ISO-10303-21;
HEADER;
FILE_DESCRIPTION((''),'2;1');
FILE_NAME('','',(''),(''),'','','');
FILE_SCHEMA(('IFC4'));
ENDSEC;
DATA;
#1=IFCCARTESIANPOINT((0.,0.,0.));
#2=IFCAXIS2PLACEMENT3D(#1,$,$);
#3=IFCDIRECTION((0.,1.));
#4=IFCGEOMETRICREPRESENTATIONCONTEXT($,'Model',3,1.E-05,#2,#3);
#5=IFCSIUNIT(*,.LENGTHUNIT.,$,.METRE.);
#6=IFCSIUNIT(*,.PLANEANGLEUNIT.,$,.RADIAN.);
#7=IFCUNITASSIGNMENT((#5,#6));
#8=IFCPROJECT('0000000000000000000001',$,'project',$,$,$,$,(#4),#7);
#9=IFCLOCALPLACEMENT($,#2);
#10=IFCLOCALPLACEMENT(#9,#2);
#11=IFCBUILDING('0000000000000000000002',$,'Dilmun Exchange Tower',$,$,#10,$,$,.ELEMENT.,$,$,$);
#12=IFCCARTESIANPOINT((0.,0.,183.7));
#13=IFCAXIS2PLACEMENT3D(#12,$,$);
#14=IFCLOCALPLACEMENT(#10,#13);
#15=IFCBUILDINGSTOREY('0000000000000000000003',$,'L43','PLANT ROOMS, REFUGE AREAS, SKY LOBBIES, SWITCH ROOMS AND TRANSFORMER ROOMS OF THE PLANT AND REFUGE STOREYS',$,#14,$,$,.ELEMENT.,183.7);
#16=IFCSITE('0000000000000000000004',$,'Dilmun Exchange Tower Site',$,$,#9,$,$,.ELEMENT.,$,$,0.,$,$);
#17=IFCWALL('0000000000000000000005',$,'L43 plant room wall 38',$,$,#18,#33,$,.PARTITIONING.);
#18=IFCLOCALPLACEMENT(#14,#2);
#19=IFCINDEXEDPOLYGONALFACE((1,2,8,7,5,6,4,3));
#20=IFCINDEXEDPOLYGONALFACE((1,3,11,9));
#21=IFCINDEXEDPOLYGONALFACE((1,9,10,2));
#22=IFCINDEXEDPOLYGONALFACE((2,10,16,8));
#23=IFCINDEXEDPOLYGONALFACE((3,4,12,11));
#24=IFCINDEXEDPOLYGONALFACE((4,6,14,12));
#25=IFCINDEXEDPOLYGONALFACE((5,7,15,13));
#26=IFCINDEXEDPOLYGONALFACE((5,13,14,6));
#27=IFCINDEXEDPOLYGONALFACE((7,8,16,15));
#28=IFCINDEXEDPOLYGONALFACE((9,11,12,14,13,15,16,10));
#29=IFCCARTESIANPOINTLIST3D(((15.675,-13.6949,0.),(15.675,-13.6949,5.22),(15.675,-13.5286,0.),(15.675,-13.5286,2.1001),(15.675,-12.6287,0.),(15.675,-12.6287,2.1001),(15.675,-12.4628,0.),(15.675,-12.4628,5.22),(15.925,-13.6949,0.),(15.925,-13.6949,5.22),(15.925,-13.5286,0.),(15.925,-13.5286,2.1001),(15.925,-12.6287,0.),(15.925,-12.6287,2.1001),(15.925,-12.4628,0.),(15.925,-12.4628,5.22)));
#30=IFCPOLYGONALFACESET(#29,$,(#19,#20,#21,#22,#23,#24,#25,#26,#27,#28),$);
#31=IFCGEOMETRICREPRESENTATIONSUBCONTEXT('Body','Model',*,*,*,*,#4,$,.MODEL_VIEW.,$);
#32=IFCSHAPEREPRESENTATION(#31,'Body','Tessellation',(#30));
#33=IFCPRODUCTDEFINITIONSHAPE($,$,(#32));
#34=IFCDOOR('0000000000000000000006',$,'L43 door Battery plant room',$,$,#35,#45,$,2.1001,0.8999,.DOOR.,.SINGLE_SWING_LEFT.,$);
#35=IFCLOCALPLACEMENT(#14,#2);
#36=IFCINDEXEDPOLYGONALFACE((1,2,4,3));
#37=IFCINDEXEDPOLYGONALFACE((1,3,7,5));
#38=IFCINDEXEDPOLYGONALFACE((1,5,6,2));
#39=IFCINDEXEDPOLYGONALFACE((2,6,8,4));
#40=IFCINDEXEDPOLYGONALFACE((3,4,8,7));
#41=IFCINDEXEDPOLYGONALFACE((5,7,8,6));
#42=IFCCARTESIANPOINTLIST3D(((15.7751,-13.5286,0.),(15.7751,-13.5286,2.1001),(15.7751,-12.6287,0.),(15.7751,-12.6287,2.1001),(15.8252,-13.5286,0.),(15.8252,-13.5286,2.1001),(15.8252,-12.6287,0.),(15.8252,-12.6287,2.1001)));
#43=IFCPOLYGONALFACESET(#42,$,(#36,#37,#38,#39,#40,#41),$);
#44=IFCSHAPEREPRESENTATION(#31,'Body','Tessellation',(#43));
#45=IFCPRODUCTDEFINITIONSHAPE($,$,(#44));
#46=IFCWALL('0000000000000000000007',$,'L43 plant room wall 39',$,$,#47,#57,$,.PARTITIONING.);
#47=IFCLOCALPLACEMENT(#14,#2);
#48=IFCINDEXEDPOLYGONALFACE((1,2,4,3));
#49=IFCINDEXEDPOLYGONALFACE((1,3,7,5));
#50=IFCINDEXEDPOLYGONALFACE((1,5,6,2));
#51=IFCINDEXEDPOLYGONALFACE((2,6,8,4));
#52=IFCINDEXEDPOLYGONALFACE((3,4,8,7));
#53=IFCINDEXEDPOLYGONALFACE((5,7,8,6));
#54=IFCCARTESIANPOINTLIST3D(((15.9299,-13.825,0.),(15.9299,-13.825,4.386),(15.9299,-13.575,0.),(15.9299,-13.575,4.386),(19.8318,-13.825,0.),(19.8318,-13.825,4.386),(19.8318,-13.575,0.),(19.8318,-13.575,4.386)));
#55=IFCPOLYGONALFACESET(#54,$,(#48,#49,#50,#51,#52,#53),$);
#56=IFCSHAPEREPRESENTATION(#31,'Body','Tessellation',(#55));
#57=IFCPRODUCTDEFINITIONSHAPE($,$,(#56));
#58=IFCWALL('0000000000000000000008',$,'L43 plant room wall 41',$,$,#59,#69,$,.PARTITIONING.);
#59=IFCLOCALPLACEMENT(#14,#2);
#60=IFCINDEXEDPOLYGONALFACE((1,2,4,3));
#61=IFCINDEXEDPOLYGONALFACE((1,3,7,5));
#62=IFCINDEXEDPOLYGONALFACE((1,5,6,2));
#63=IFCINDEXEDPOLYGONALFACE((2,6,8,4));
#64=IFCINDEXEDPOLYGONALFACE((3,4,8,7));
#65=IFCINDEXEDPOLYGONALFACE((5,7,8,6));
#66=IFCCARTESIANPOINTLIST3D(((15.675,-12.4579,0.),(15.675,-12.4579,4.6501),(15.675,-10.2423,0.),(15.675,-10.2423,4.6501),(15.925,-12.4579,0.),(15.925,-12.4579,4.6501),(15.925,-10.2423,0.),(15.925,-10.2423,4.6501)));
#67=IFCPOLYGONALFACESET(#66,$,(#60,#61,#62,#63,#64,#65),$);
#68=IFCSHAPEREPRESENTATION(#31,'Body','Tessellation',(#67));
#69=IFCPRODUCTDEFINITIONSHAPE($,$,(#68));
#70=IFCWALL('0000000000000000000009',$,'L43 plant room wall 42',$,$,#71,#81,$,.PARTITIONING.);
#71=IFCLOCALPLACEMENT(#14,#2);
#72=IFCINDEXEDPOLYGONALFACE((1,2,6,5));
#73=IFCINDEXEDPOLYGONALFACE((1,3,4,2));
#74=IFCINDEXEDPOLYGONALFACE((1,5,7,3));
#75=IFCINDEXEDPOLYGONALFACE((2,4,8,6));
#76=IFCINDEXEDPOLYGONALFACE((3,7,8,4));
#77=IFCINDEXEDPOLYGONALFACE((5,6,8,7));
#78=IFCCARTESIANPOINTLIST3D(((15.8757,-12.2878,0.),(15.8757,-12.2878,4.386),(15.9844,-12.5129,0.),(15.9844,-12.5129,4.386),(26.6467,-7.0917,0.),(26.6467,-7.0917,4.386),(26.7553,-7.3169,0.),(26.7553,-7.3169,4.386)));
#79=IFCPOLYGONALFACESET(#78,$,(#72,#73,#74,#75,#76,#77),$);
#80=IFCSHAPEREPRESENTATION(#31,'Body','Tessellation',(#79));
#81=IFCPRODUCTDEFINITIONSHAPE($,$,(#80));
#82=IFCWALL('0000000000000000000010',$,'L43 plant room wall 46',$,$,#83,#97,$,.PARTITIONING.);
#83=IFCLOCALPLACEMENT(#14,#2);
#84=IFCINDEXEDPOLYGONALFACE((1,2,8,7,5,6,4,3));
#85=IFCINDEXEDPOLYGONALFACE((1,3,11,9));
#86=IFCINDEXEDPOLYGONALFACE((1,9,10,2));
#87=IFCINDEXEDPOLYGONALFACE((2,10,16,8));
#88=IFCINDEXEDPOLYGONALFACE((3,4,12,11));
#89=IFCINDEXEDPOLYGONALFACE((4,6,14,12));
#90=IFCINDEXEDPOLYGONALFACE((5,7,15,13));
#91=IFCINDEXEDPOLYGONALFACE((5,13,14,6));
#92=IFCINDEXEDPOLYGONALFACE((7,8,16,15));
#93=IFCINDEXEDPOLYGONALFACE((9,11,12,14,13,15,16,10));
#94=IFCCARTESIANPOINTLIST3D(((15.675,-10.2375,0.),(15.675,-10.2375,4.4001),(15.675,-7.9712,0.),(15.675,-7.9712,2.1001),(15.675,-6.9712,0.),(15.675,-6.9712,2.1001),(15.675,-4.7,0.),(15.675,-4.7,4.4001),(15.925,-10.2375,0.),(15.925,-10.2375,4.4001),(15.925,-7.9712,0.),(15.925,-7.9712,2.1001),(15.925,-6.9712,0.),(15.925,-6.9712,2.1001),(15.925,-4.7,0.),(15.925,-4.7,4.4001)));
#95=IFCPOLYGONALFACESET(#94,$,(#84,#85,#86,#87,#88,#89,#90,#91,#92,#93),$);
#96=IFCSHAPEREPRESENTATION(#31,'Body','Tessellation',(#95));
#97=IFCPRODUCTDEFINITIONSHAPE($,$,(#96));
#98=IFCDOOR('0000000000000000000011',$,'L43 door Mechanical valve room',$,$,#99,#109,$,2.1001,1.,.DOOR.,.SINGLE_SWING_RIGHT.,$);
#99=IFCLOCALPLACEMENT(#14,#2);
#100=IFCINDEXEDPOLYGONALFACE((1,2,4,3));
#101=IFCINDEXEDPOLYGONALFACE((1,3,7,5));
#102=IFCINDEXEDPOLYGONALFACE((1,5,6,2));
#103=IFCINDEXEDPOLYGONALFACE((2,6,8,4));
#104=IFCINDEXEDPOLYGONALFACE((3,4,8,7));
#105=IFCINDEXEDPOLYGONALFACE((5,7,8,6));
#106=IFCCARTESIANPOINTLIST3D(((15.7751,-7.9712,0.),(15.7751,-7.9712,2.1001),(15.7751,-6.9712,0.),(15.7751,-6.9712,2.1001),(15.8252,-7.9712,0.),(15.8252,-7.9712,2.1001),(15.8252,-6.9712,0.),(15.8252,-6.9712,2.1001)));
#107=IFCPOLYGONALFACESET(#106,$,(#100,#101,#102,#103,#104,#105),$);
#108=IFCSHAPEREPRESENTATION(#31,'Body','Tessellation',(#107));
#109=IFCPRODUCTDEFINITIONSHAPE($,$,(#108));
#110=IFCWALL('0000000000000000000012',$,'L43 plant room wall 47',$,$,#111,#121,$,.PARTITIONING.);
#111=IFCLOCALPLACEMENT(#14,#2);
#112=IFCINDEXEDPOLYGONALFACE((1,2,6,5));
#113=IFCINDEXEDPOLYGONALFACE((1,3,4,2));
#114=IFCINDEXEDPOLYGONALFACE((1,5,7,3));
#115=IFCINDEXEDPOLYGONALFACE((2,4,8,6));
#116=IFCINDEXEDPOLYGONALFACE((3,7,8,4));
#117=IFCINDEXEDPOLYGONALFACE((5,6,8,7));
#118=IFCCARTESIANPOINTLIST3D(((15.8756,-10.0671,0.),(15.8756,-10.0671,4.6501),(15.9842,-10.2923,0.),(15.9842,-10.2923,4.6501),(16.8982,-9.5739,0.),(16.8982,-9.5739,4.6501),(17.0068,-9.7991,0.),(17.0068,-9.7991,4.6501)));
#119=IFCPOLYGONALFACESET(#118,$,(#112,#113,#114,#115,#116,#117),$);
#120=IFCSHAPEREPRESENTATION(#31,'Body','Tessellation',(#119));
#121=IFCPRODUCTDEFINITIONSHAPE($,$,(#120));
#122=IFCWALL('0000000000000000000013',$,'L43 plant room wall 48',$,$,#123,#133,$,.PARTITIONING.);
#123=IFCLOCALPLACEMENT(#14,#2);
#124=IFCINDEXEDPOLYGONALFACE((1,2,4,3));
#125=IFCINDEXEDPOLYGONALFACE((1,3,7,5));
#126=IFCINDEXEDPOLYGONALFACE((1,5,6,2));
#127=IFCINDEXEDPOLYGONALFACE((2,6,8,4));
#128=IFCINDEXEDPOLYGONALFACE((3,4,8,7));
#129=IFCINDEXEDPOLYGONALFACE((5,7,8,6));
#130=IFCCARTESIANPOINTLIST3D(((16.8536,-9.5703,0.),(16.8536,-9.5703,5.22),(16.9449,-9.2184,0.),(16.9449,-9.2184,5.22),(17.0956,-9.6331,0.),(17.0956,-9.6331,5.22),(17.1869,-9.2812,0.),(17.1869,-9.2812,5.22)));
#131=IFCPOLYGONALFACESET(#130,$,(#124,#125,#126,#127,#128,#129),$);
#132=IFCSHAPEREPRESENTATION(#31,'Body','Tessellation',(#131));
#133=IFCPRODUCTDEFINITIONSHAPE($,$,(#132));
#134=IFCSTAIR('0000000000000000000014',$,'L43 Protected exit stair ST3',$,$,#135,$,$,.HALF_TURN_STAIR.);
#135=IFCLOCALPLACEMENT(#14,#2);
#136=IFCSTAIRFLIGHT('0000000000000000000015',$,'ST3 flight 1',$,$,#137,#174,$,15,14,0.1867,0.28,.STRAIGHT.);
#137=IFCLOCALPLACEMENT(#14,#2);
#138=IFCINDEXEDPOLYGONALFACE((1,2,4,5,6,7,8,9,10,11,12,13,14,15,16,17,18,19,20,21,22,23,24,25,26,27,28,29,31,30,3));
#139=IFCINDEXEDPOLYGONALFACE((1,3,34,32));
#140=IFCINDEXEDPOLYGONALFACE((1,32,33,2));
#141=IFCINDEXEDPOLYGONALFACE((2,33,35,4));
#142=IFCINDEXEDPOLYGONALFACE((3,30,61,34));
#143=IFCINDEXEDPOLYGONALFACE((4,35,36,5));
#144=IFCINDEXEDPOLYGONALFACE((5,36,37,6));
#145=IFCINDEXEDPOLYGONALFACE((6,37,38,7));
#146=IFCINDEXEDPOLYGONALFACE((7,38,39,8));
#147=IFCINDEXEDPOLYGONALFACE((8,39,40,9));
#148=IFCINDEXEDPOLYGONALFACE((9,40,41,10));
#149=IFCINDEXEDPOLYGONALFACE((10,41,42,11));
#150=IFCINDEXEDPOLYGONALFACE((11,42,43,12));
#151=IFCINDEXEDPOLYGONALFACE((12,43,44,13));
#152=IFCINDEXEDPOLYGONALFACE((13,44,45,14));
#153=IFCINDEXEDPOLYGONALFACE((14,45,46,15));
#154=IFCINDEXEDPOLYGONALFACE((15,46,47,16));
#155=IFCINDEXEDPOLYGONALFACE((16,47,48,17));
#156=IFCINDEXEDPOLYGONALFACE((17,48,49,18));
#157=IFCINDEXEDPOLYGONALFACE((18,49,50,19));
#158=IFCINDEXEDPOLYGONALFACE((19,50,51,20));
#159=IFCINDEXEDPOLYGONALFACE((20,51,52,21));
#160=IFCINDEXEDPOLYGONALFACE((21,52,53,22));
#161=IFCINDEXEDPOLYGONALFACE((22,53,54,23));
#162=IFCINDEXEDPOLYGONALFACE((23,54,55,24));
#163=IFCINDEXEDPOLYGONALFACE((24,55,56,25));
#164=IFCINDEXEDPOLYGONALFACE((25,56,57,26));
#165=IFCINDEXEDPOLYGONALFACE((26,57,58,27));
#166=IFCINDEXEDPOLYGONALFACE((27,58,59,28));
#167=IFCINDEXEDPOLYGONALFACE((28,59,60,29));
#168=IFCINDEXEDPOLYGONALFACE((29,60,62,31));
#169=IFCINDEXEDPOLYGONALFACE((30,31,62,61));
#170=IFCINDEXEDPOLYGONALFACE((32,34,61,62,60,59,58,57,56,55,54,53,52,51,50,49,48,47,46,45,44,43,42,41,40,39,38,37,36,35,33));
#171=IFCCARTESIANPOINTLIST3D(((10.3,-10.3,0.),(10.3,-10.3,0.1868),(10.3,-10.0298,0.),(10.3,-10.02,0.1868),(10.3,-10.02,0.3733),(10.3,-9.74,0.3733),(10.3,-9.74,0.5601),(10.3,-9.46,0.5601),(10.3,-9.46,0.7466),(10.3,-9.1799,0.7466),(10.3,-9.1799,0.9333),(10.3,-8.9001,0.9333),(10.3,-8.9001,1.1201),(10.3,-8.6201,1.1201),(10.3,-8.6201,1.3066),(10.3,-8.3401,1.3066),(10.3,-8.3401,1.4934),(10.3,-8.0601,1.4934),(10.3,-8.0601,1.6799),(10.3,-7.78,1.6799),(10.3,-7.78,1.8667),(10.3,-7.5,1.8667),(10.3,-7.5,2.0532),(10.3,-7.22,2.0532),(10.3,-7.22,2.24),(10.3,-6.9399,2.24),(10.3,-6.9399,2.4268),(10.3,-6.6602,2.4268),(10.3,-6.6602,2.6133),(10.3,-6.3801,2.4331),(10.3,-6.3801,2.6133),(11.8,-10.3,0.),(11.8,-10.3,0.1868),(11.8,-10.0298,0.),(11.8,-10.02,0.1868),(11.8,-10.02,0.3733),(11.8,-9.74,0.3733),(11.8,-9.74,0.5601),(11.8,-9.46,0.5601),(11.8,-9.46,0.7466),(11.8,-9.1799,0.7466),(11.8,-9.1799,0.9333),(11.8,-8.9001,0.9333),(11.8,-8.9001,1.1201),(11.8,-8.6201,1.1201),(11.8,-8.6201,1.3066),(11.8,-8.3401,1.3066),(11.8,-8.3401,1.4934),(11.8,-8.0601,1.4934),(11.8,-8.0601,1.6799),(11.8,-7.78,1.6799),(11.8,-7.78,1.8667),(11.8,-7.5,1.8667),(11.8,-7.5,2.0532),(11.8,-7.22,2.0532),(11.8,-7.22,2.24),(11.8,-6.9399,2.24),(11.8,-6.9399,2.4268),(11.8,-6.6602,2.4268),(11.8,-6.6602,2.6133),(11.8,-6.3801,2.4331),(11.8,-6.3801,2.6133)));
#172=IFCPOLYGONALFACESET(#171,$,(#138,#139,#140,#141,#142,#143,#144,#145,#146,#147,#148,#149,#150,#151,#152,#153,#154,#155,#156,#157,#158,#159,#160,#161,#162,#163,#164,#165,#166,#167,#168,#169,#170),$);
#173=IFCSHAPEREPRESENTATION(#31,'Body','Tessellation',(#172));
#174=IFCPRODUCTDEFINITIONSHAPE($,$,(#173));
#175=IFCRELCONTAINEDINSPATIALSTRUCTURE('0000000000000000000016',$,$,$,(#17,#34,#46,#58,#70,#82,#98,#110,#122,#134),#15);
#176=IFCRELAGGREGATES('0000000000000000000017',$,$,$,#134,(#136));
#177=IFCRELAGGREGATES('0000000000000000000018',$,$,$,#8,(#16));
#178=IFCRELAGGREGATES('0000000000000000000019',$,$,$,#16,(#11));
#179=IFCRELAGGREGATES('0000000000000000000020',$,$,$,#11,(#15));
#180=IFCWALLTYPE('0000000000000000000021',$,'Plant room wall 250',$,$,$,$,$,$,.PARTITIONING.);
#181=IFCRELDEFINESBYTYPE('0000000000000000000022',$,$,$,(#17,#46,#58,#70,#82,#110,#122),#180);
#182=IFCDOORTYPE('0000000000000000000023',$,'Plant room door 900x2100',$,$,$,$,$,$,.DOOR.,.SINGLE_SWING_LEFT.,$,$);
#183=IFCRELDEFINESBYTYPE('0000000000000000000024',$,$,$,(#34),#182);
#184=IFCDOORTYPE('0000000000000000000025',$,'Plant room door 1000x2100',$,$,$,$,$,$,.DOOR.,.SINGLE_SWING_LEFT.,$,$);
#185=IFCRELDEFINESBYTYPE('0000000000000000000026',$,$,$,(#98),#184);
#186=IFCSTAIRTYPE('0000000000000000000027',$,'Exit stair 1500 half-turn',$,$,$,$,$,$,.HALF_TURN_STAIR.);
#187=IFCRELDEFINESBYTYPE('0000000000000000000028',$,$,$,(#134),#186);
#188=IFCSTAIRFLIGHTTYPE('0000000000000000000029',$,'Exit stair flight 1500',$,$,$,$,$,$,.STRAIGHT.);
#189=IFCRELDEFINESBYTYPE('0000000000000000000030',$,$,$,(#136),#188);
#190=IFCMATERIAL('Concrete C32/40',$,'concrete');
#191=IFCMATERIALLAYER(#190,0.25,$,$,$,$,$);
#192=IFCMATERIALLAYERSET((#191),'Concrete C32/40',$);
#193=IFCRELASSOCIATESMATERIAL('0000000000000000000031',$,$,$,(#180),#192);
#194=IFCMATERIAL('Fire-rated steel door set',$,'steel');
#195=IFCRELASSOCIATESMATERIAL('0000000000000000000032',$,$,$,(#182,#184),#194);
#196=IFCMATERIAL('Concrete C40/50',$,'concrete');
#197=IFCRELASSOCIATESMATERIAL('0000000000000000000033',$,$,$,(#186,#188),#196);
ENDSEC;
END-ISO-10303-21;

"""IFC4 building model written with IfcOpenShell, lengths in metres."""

from ifc_helpers import new_model, si_unit, direction, frame, frame_2d, origin, place, context, subcontext, project, spatial, polyline, rectangle, outline, extrude, material, layer, layer_set, type_object, element, fill, aggregate, save


model = new_model("IFC4")

# Units and contexts
model_context = context("Model", 3, precision=1e-05, world=origin(), true_north=direction((0.0, 1.0)))
body_context = subcontext(model_context, "Body", "Model", "MODEL_VIEW")
ifc_project = project(units=[si_unit("LENGTHUNIT", "METRE"), si_unit("PLANEANGLEUNIT", "RADIAN")], contexts=[model_context])

# Site, building, storey
site_placement = place(None, origin())
site = spatial("IfcSite", under=ifc_project, at=site_placement, Name="Dilmun Exchange Tower Site", CompositionType="ELEMENT", RefElevation=0.0)
building_placement = place(site_placement, origin())
building = spatial("IfcBuilding", under=site, at=building_placement, Name="Dilmun Exchange Tower", CompositionType="ELEMENT")
storey_placement = place(building_placement, frame((0.0, 0.0, 183.7)))
storey = spatial("IfcBuildingStorey", under=building, at=storey_placement, Name="L43", Description="PLANT ROOMS, REFUGE AREAS, SKY LOBBIES, SWITCH ROOMS AND TRANSFORMER ROOMS OF THE PLANT AND REFUGE STOREYS", CompositionType="ELEMENT", Elevation=183.7)

# Shared definitions
ifc_material_1 = material(Name="Concrete C40/50", Category="concrete")

# Wall, opening, door
ifc_material_2 = material(Name="Fire-rated steel door set", Category="steel")
ifc_material_3 = material(Name="Concrete C32/40", Category="concrete")
ifc_layer_1 = layer(ifc_material_3, 0.25)
ifc_layer_set_1 = layer_set([ifc_layer_1], Name="Concrete C32/40")
wall_type_1 = type_object("IfcWallType", Name="Plant room wall 250", PredefinedType="PARTITIONING", material=ifc_layer_set_1)
wall_1_placement = place(storey_placement, frame((15.8, -13.6951, 0.0), z_axis=(0.0, 0.0, 1.0), x_axis=(0.0, 1.0, 0.0)))
wall_1 = element("IfcWall", 1, at=wall_1_placement, inside=storey, type_object=wall_type_1, Name="L43 plant room wall 38", PredefinedType="PARTITIONING", context=body_context, shape_type="SweptSolid", body=[
    extrude(rectangle(XDim=1.2322, YDim=0.25, at=frame_2d((0.6162, 0.0))), origin(), (0.0, 0.0, 1.0), 5.22),
])
opening_1_placement = place(wall_1_placement, frame((0.1665, 0.0, 0.0)))
opening_1 = element("IfcOpeningElement", 2, at=opening_1_placement, cuts=wall_1, PredefinedType="OPENING", context=body_context, shape_type="SweptSolid", body=[
    extrude(rectangle(XDim=0.8999, YDim=2.1001, at=frame_2d((0.45, 1.05))), frame((0.0, 0.135, 0.0), z_axis=(0.0, -1.0, 0.0), x_axis=(1.0, 0.0, 0.0)), (0.0, 0.0, 1.0), 0.27),
])
door_type_1 = type_object("IfcDoorType", Name="Plant room door 900x2100", OperationType="SINGLE_SWING_LEFT", PredefinedType="DOOR", material=ifc_material_2)
door_1_placement = place(opening_1_placement, origin())
door_1 = element("IfcDoor", 3, at=door_1_placement, inside=storey, type_object=door_type_1, Name="L43 door Battery plant room", OperationType="SINGLE_SWING_LEFT", OverallHeight=2.1001, OverallWidth=0.8999, PredefinedType="DOOR", context=body_context, shape_type="SweptSolid", body=[
    extrude(rectangle(XDim=0.8999, YDim=2.1001, at=frame_2d((0.45, 1.05))), frame((0.0, 0.0249, 0.0), z_axis=(0.0, -1.0, 0.0), x_axis=(1.0, 0.0, 0.0)), (0.0, 0.0, 1.0), 0.05),
])
fill(opening_1, door_1)

# Walls
wall_2_placement = place(storey_placement, frame((15.9299, -13.7, 0.0), z_axis=(0.0, 0.0, 1.0), x_axis=(1.0, 0.0, 0.0)))
element("IfcWall", 4, at=wall_2_placement, inside=storey, type_object=wall_type_1, Name="L43 plant room wall 39", PredefinedType="PARTITIONING", context=body_context, shape_type="SweptSolid", body=[
    extrude(rectangle(XDim=3.9019, YDim=0.25, at=frame_2d((1.9509, 0.0))), origin(), (0.0, 0.0, 1.0), 4.386),
])
wall_3_placement = place(storey_placement, frame((15.8, -12.458, 0.0), z_axis=(0.0, 0.0, 1.0), x_axis=(0.0, 1.0, 0.0)))
element("IfcWall", 5, at=wall_3_placement, inside=storey, type_object=wall_type_1, Name="L43 plant room wall 41", PredefinedType="PARTITIONING", context=body_context, shape_type="SweptSolid", body=[
    extrude(rectangle(XDim=2.2156, YDim=0.25, at=frame_2d((1.1079, 0.0))), origin(), (0.0, 0.0, 1.0), 4.6501),
])
wall_4_placement = place(storey_placement, frame((15.9299, -12.4004, 0.0), z_axis=(0.0, 0.0, 1.0), x_axis=(0.900674, 0.434495, 0.0)))
element("IfcWall", 6, at=wall_4_placement, inside=storey, type_object=wall_type_1, Name="L43 plant room wall 42", PredefinedType="PARTITIONING", context=body_context, shape_type="SweptSolid", body=[
    extrude(rectangle(XDim=11.9587, YDim=0.25, at=frame_2d((5.9795, 0.0))), origin(), (0.0, 0.0, 1.0), 4.386),
])

# Wall, opening, door
wall_5_placement = place(storey_placement, frame((15.8, -10.2375, 0.0), z_axis=(0.0, 0.0, 1.0), x_axis=(0.0, 1.0, 0.0)))
wall_5 = element("IfcWall", 7, at=wall_5_placement, inside=storey, type_object=wall_type_1, Name="L43 plant room wall 46", PredefinedType="PARTITIONING", context=body_context, shape_type="SweptSolid", body=[
    extrude(rectangle(XDim=5.5376, YDim=0.25, at=frame_2d((2.7688, 0.0))), origin(), (0.0, 0.0, 1.0), 4.4001),
])
opening_2_placement = place(wall_5_placement, frame((2.2664, 0.0, 0.0)))
opening_2 = element("IfcOpeningElement", 8, at=opening_2_placement, cuts=wall_5, PredefinedType="OPENING", context=body_context, shape_type="SweptSolid", body=[
    extrude(rectangle(XDim=1.0, YDim=2.1001, at=frame_2d((0.5, 1.05))), frame((0.0, 0.135, 0.0), z_axis=(0.0, -1.0, 0.0), x_axis=(1.0, 0.0, 0.0)), (0.0, 0.0, 1.0), 0.27),
])
door_type_2 = type_object("IfcDoorType", Name="Plant room door 1000x2100", OperationType="SINGLE_SWING_LEFT", PredefinedType="DOOR", material=ifc_material_2)
door_2_placement = place(opening_2_placement, origin())
door_2 = element("IfcDoor", 9, at=door_2_placement, inside=storey, type_object=door_type_2, Name="L43 door Mechanical valve room", OperationType="SINGLE_SWING_RIGHT", OverallHeight=2.1001, OverallWidth=1.0, PredefinedType="DOOR", context=body_context, shape_type="SweptSolid", body=[
    extrude(rectangle(XDim=1.0, YDim=2.1001, at=frame_2d((0.5, 1.05))), frame((0.0, 0.0249, 0.0), z_axis=(0.0, -1.0, 0.0), x_axis=(1.0, 0.0, 0.0)), (0.0, 0.0, 1.0), 0.05),
])
fill(opening_2, door_2)

# Walls
wall_6_placement = place(storey_placement, frame((15.9299, -10.1797, 0.0), z_axis=(0.0, 0.0, 1.0), x_axis=(0.900703, 0.434436, 0.0)))
element("IfcWall", 10, at=wall_6_placement, inside=storey, type_object=wall_type_1, Name="L43 plant room wall 47", PredefinedType="PARTITIONING", context=body_context, shape_type="SweptSolid", body=[
    extrude(rectangle(XDim=1.1353, YDim=0.25, at=frame_2d((0.5676, 0.0))), origin(), (0.0, 0.0, 1.0), 4.6501),
])
wall_7_placement = place(storey_placement, frame((16.9746, -9.6016, 0.0), z_axis=(0.0, 0.0, 1.0), x_axis=(0.251219, 0.96793, 0.0)))
element("IfcWall", 11, at=wall_7_placement, inside=storey, type_object=wall_type_1, Name="L43 plant room wall 48", PredefinedType="PARTITIONING", context=body_context, shape_type="SweptSolid", body=[
    extrude(rectangle(XDim=0.3635, YDim=0.25, at=frame_2d((0.1816, 0.0))), origin(), (0.0, 0.0, 1.0), 5.22),
])

# Stair, stair flight
stair_type = type_object("IfcStairType", Name="Exit stair 1500 half-turn", PredefinedType="HALF_TURN_STAIR", material=ifc_material_1)
stair_placement = place(storey_placement, origin())
stair = element("IfcStair", 12, at=stair_placement, inside=storey, type_object=stair_type, Name="L43 Protected exit stair ST3", PredefinedType="HALF_TURN_STAIR")
stair_flight_type = type_object("IfcStairFlightType", Name="Exit stair flight 1500", PredefinedType="STRAIGHT", material=ifc_material_1)
stair_flight_placement = place(storey_placement, frame((11.05, -10.3, 0.0), z_axis=(0.0, 0.0, 1.0), x_axis=(0.0, 1.0, 0.0)))
stair_flight = element("IfcStairFlight", 13, at=stair_flight_placement, type_object=stair_flight_type, Name="ST3 flight 1", NumberOfRisers=15, NumberOfTreads=14, PredefinedType="STRAIGHT", RiserHeight=0.1867, TreadLength=0.28, context=body_context, shape_type="SweptSolid", body=[
    extrude(outline(polyline([(0.0, 0.0), (0.0, 0.1868), (0.28, 0.1868), (0.28, 0.3733), (0.5601, 0.3733), (0.5601, 0.5601), (0.8401, 0.5601), (0.8401, 0.7466), (1.1201, 0.7466), (1.1201, 0.9333), (1.3999, 0.9333), (1.3999, 1.1201), (1.6799, 1.1201), (1.6799, 1.3066), (1.96, 1.3066), (1.96, 1.4934), (2.24, 1.4934), (2.24, 1.6799), (2.52, 1.6799), (2.52, 1.8667), (2.8, 1.8667), (2.8, 2.0532), (3.0801, 2.0532), (3.0801, 2.24), (3.3601, 2.24), (3.3601, 2.4268), (3.6399, 2.4268), (3.6399, 2.6133), (3.9199, 2.6133), (3.9199, 2.8), (3.9199, 2.4331), (0.2703, 0.0), (0.0, 0.0)])), frame((0.0, 0.75, 0.0), z_axis=(0.0, -1.0, 0.0), x_axis=(1.0, 0.0, 0.0)), (0.0, 0.0, 1.0), 1.5),
])
aggregate(stair, [stair_flight])

save(model, "model.ifc")
